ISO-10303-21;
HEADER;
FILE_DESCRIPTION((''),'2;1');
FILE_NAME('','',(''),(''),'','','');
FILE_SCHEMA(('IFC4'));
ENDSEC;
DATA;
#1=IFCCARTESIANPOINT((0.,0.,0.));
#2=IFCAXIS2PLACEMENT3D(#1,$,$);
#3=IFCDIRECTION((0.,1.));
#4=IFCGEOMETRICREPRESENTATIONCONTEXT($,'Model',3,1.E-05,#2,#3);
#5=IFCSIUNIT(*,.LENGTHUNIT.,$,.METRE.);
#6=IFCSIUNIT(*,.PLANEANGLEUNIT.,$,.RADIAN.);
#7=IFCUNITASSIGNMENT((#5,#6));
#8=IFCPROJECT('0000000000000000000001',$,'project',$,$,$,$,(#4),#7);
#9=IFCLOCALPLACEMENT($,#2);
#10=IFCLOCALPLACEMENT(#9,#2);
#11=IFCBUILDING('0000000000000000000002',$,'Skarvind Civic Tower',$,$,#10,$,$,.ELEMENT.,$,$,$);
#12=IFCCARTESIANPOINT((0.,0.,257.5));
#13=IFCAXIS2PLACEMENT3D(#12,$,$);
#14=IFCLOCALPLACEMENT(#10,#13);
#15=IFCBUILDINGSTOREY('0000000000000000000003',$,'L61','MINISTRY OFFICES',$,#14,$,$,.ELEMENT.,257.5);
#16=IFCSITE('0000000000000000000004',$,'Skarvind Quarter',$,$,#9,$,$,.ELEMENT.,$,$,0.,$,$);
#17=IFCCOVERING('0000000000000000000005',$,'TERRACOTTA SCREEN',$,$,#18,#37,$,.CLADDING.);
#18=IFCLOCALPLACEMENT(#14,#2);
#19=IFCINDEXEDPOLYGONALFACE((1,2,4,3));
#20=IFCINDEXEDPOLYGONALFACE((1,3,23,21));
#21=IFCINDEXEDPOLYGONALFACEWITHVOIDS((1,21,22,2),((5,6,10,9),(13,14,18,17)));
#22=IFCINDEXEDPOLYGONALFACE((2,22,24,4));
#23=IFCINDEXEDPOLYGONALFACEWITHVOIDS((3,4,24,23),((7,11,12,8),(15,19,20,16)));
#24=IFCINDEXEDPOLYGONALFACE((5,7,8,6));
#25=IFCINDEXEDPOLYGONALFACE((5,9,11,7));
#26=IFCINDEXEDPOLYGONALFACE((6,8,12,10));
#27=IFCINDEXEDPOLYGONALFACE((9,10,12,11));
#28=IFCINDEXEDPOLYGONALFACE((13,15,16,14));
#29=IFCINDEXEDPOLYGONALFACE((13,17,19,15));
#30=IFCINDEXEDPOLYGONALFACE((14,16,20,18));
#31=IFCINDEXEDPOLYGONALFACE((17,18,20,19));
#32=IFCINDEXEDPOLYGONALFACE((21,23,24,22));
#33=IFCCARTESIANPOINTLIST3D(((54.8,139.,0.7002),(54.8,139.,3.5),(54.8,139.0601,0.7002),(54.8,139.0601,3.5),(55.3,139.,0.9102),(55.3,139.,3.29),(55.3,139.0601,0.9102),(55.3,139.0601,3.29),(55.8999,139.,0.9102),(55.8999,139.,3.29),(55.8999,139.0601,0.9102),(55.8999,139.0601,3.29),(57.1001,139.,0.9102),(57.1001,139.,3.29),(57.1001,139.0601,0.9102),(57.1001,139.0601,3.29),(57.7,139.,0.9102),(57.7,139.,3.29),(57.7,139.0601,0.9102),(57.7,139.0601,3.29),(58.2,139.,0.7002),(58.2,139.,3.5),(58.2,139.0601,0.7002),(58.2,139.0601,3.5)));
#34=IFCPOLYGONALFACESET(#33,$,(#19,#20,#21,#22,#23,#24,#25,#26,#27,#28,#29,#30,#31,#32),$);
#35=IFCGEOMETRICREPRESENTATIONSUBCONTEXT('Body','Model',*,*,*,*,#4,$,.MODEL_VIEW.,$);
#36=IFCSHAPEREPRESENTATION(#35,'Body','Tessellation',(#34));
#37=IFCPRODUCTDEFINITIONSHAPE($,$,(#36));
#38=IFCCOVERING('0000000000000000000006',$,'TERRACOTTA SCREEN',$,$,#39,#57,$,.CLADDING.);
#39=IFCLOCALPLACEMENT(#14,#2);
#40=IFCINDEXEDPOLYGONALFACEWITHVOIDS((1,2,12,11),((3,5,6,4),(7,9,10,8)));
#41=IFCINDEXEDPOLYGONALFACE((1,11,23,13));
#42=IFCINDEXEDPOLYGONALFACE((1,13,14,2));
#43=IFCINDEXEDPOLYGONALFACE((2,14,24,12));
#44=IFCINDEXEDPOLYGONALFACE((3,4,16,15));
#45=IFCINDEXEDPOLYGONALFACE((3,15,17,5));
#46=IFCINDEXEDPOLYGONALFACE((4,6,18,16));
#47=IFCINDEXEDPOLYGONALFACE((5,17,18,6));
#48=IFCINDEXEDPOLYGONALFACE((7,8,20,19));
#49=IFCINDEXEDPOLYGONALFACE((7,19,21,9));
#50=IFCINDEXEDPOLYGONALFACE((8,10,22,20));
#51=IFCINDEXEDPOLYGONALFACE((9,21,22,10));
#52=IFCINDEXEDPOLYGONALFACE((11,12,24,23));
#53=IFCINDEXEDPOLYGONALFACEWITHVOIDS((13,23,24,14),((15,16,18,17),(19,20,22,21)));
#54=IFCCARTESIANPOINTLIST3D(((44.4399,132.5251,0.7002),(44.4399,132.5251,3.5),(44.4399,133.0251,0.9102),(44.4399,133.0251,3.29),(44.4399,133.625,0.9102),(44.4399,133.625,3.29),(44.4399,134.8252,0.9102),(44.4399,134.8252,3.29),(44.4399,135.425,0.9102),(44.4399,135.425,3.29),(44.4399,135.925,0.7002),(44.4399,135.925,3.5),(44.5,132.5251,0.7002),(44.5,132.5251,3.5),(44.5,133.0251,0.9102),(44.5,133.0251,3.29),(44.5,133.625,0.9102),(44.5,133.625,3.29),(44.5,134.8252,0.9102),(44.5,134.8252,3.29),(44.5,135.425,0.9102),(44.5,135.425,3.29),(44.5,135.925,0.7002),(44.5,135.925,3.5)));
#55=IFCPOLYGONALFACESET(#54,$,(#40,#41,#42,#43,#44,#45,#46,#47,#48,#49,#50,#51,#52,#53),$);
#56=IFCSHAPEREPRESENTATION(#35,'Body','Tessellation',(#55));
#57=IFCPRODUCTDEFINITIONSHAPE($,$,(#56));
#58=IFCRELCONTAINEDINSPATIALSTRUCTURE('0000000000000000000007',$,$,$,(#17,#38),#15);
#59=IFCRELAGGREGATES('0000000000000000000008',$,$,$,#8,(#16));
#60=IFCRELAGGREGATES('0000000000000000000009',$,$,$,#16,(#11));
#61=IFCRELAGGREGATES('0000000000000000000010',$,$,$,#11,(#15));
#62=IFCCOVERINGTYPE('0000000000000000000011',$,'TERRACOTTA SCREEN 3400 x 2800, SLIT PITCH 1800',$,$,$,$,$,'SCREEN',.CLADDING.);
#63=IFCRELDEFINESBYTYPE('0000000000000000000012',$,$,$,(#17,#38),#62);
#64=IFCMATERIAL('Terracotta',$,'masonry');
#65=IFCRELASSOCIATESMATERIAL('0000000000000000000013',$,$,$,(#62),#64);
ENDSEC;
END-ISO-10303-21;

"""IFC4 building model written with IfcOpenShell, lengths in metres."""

from ifc_helpers import new_model, si_unit, direction, frame, origin, place, context, subcontext, project, spatial, polyline, outline, extrude, material, material_profile, profile_set, type_object, element, save


model = new_model("IFC4")

# Units and contexts
model_context = context("Model", 3, precision=1e-05, world=origin(), true_north=direction((0.0, 1.0)))
body_context = subcontext(model_context, "Body", "Model", "MODEL_VIEW")
ifc_project = project(units=[si_unit("LENGTHUNIT", "METRE"), si_unit("PLANEANGLEUNIT", "RADIAN")], contexts=[model_context])

# Site, building, storey
site_placement = place(None, origin())
site = spatial("IfcSite", under=ifc_project, at=site_placement, Name="Skarvind Quarter", CompositionType="ELEMENT", RefElevation=0.0)
building_placement = place(site_placement, origin())
building = spatial("IfcBuilding", under=site, at=building_placement, Name="Skarvind Civic Tower", CompositionType="ELEMENT")
storey_placement = place(building_placement, frame((0.0, 0.0, 257.5)))
storey = spatial("IfcBuildingStorey", under=building, at=storey_placement, Name="L61", Description="MINISTRY OFFICES", CompositionType="ELEMENT", Elevation=257.5)

# Coverings
ifc_material_1 = material(Name="Terracotta", Category="masonry")
ifc_material_profile_1 = material_profile(ifc_material_1, outline(polyline([(-1.7, -1.3999), (1.7, -1.3999), (1.7, 1.3999), (-1.7, 1.3999), (-1.7, -1.3999)]), holes=[polyline([(-1.2, -1.1899), (-0.6001, -1.1899), (-0.6001, 1.1899), (-1.2, 1.1899), (-1.2, -1.1899)]), polyline([(0.6001, -1.1899), (1.2, -1.1899), (1.2, 1.1899), (0.6001, 1.1899), (0.6001, -1.1899)])]), Name="TERRACOTTA SCREEN 3400 x 2800, SLIT PITCH 1800")
ifc_profile_set_1 = profile_set([ifc_material_profile_1], Name="Terracotta")
covering_type = type_object("IfcCoveringType", Name="TERRACOTTA SCREEN 3400 x 2800, SLIT PITCH 1800", ElementType="SCREEN", PredefinedType="CLADDING", material=ifc_profile_set_1)
for number, where, z_axis, x_axis, name in (
    (1, (56.5, 139.0, 2.1001), (0.0, 1.0, 0.0), (-1.0, 0.0, 0.0), "TERRACOTTA SCREEN"),
    (2, (44.5, 134.2251, 2.1001), (-1.0, 0.0, 0.0), (0.0, -1.0, 0.0), "TERRACOTTA SCREEN"),
):
    element("IfcCovering", number, at=place(storey_placement, frame(where, z_axis=z_axis, x_axis=x_axis)), inside=storey, type_object=covering_type, Name=name, PredefinedType="CLADDING", context=body_context, shape_type="SweptSolid", body=[
        extrude(outline(polyline([(-1.7, -1.3999), (1.7, -1.3999), (1.7, 1.3999), (-1.7, 1.3999), (-1.7, -1.3999)]), holes=[polyline([(-1.2, -1.1899), (-0.6001, -1.1899), (-0.6001, 1.1899), (-1.2, 1.1899), (-1.2, -1.1899)]), polyline([(0.6001, -1.1899), (1.2, -1.1899), (1.2, 1.1899), (0.6001, 1.1899), (0.6001, -1.1899)])]), origin(), (0.0, 0.0, 1.0), 0.0601),
    ])

save(model, "model.ifc")
